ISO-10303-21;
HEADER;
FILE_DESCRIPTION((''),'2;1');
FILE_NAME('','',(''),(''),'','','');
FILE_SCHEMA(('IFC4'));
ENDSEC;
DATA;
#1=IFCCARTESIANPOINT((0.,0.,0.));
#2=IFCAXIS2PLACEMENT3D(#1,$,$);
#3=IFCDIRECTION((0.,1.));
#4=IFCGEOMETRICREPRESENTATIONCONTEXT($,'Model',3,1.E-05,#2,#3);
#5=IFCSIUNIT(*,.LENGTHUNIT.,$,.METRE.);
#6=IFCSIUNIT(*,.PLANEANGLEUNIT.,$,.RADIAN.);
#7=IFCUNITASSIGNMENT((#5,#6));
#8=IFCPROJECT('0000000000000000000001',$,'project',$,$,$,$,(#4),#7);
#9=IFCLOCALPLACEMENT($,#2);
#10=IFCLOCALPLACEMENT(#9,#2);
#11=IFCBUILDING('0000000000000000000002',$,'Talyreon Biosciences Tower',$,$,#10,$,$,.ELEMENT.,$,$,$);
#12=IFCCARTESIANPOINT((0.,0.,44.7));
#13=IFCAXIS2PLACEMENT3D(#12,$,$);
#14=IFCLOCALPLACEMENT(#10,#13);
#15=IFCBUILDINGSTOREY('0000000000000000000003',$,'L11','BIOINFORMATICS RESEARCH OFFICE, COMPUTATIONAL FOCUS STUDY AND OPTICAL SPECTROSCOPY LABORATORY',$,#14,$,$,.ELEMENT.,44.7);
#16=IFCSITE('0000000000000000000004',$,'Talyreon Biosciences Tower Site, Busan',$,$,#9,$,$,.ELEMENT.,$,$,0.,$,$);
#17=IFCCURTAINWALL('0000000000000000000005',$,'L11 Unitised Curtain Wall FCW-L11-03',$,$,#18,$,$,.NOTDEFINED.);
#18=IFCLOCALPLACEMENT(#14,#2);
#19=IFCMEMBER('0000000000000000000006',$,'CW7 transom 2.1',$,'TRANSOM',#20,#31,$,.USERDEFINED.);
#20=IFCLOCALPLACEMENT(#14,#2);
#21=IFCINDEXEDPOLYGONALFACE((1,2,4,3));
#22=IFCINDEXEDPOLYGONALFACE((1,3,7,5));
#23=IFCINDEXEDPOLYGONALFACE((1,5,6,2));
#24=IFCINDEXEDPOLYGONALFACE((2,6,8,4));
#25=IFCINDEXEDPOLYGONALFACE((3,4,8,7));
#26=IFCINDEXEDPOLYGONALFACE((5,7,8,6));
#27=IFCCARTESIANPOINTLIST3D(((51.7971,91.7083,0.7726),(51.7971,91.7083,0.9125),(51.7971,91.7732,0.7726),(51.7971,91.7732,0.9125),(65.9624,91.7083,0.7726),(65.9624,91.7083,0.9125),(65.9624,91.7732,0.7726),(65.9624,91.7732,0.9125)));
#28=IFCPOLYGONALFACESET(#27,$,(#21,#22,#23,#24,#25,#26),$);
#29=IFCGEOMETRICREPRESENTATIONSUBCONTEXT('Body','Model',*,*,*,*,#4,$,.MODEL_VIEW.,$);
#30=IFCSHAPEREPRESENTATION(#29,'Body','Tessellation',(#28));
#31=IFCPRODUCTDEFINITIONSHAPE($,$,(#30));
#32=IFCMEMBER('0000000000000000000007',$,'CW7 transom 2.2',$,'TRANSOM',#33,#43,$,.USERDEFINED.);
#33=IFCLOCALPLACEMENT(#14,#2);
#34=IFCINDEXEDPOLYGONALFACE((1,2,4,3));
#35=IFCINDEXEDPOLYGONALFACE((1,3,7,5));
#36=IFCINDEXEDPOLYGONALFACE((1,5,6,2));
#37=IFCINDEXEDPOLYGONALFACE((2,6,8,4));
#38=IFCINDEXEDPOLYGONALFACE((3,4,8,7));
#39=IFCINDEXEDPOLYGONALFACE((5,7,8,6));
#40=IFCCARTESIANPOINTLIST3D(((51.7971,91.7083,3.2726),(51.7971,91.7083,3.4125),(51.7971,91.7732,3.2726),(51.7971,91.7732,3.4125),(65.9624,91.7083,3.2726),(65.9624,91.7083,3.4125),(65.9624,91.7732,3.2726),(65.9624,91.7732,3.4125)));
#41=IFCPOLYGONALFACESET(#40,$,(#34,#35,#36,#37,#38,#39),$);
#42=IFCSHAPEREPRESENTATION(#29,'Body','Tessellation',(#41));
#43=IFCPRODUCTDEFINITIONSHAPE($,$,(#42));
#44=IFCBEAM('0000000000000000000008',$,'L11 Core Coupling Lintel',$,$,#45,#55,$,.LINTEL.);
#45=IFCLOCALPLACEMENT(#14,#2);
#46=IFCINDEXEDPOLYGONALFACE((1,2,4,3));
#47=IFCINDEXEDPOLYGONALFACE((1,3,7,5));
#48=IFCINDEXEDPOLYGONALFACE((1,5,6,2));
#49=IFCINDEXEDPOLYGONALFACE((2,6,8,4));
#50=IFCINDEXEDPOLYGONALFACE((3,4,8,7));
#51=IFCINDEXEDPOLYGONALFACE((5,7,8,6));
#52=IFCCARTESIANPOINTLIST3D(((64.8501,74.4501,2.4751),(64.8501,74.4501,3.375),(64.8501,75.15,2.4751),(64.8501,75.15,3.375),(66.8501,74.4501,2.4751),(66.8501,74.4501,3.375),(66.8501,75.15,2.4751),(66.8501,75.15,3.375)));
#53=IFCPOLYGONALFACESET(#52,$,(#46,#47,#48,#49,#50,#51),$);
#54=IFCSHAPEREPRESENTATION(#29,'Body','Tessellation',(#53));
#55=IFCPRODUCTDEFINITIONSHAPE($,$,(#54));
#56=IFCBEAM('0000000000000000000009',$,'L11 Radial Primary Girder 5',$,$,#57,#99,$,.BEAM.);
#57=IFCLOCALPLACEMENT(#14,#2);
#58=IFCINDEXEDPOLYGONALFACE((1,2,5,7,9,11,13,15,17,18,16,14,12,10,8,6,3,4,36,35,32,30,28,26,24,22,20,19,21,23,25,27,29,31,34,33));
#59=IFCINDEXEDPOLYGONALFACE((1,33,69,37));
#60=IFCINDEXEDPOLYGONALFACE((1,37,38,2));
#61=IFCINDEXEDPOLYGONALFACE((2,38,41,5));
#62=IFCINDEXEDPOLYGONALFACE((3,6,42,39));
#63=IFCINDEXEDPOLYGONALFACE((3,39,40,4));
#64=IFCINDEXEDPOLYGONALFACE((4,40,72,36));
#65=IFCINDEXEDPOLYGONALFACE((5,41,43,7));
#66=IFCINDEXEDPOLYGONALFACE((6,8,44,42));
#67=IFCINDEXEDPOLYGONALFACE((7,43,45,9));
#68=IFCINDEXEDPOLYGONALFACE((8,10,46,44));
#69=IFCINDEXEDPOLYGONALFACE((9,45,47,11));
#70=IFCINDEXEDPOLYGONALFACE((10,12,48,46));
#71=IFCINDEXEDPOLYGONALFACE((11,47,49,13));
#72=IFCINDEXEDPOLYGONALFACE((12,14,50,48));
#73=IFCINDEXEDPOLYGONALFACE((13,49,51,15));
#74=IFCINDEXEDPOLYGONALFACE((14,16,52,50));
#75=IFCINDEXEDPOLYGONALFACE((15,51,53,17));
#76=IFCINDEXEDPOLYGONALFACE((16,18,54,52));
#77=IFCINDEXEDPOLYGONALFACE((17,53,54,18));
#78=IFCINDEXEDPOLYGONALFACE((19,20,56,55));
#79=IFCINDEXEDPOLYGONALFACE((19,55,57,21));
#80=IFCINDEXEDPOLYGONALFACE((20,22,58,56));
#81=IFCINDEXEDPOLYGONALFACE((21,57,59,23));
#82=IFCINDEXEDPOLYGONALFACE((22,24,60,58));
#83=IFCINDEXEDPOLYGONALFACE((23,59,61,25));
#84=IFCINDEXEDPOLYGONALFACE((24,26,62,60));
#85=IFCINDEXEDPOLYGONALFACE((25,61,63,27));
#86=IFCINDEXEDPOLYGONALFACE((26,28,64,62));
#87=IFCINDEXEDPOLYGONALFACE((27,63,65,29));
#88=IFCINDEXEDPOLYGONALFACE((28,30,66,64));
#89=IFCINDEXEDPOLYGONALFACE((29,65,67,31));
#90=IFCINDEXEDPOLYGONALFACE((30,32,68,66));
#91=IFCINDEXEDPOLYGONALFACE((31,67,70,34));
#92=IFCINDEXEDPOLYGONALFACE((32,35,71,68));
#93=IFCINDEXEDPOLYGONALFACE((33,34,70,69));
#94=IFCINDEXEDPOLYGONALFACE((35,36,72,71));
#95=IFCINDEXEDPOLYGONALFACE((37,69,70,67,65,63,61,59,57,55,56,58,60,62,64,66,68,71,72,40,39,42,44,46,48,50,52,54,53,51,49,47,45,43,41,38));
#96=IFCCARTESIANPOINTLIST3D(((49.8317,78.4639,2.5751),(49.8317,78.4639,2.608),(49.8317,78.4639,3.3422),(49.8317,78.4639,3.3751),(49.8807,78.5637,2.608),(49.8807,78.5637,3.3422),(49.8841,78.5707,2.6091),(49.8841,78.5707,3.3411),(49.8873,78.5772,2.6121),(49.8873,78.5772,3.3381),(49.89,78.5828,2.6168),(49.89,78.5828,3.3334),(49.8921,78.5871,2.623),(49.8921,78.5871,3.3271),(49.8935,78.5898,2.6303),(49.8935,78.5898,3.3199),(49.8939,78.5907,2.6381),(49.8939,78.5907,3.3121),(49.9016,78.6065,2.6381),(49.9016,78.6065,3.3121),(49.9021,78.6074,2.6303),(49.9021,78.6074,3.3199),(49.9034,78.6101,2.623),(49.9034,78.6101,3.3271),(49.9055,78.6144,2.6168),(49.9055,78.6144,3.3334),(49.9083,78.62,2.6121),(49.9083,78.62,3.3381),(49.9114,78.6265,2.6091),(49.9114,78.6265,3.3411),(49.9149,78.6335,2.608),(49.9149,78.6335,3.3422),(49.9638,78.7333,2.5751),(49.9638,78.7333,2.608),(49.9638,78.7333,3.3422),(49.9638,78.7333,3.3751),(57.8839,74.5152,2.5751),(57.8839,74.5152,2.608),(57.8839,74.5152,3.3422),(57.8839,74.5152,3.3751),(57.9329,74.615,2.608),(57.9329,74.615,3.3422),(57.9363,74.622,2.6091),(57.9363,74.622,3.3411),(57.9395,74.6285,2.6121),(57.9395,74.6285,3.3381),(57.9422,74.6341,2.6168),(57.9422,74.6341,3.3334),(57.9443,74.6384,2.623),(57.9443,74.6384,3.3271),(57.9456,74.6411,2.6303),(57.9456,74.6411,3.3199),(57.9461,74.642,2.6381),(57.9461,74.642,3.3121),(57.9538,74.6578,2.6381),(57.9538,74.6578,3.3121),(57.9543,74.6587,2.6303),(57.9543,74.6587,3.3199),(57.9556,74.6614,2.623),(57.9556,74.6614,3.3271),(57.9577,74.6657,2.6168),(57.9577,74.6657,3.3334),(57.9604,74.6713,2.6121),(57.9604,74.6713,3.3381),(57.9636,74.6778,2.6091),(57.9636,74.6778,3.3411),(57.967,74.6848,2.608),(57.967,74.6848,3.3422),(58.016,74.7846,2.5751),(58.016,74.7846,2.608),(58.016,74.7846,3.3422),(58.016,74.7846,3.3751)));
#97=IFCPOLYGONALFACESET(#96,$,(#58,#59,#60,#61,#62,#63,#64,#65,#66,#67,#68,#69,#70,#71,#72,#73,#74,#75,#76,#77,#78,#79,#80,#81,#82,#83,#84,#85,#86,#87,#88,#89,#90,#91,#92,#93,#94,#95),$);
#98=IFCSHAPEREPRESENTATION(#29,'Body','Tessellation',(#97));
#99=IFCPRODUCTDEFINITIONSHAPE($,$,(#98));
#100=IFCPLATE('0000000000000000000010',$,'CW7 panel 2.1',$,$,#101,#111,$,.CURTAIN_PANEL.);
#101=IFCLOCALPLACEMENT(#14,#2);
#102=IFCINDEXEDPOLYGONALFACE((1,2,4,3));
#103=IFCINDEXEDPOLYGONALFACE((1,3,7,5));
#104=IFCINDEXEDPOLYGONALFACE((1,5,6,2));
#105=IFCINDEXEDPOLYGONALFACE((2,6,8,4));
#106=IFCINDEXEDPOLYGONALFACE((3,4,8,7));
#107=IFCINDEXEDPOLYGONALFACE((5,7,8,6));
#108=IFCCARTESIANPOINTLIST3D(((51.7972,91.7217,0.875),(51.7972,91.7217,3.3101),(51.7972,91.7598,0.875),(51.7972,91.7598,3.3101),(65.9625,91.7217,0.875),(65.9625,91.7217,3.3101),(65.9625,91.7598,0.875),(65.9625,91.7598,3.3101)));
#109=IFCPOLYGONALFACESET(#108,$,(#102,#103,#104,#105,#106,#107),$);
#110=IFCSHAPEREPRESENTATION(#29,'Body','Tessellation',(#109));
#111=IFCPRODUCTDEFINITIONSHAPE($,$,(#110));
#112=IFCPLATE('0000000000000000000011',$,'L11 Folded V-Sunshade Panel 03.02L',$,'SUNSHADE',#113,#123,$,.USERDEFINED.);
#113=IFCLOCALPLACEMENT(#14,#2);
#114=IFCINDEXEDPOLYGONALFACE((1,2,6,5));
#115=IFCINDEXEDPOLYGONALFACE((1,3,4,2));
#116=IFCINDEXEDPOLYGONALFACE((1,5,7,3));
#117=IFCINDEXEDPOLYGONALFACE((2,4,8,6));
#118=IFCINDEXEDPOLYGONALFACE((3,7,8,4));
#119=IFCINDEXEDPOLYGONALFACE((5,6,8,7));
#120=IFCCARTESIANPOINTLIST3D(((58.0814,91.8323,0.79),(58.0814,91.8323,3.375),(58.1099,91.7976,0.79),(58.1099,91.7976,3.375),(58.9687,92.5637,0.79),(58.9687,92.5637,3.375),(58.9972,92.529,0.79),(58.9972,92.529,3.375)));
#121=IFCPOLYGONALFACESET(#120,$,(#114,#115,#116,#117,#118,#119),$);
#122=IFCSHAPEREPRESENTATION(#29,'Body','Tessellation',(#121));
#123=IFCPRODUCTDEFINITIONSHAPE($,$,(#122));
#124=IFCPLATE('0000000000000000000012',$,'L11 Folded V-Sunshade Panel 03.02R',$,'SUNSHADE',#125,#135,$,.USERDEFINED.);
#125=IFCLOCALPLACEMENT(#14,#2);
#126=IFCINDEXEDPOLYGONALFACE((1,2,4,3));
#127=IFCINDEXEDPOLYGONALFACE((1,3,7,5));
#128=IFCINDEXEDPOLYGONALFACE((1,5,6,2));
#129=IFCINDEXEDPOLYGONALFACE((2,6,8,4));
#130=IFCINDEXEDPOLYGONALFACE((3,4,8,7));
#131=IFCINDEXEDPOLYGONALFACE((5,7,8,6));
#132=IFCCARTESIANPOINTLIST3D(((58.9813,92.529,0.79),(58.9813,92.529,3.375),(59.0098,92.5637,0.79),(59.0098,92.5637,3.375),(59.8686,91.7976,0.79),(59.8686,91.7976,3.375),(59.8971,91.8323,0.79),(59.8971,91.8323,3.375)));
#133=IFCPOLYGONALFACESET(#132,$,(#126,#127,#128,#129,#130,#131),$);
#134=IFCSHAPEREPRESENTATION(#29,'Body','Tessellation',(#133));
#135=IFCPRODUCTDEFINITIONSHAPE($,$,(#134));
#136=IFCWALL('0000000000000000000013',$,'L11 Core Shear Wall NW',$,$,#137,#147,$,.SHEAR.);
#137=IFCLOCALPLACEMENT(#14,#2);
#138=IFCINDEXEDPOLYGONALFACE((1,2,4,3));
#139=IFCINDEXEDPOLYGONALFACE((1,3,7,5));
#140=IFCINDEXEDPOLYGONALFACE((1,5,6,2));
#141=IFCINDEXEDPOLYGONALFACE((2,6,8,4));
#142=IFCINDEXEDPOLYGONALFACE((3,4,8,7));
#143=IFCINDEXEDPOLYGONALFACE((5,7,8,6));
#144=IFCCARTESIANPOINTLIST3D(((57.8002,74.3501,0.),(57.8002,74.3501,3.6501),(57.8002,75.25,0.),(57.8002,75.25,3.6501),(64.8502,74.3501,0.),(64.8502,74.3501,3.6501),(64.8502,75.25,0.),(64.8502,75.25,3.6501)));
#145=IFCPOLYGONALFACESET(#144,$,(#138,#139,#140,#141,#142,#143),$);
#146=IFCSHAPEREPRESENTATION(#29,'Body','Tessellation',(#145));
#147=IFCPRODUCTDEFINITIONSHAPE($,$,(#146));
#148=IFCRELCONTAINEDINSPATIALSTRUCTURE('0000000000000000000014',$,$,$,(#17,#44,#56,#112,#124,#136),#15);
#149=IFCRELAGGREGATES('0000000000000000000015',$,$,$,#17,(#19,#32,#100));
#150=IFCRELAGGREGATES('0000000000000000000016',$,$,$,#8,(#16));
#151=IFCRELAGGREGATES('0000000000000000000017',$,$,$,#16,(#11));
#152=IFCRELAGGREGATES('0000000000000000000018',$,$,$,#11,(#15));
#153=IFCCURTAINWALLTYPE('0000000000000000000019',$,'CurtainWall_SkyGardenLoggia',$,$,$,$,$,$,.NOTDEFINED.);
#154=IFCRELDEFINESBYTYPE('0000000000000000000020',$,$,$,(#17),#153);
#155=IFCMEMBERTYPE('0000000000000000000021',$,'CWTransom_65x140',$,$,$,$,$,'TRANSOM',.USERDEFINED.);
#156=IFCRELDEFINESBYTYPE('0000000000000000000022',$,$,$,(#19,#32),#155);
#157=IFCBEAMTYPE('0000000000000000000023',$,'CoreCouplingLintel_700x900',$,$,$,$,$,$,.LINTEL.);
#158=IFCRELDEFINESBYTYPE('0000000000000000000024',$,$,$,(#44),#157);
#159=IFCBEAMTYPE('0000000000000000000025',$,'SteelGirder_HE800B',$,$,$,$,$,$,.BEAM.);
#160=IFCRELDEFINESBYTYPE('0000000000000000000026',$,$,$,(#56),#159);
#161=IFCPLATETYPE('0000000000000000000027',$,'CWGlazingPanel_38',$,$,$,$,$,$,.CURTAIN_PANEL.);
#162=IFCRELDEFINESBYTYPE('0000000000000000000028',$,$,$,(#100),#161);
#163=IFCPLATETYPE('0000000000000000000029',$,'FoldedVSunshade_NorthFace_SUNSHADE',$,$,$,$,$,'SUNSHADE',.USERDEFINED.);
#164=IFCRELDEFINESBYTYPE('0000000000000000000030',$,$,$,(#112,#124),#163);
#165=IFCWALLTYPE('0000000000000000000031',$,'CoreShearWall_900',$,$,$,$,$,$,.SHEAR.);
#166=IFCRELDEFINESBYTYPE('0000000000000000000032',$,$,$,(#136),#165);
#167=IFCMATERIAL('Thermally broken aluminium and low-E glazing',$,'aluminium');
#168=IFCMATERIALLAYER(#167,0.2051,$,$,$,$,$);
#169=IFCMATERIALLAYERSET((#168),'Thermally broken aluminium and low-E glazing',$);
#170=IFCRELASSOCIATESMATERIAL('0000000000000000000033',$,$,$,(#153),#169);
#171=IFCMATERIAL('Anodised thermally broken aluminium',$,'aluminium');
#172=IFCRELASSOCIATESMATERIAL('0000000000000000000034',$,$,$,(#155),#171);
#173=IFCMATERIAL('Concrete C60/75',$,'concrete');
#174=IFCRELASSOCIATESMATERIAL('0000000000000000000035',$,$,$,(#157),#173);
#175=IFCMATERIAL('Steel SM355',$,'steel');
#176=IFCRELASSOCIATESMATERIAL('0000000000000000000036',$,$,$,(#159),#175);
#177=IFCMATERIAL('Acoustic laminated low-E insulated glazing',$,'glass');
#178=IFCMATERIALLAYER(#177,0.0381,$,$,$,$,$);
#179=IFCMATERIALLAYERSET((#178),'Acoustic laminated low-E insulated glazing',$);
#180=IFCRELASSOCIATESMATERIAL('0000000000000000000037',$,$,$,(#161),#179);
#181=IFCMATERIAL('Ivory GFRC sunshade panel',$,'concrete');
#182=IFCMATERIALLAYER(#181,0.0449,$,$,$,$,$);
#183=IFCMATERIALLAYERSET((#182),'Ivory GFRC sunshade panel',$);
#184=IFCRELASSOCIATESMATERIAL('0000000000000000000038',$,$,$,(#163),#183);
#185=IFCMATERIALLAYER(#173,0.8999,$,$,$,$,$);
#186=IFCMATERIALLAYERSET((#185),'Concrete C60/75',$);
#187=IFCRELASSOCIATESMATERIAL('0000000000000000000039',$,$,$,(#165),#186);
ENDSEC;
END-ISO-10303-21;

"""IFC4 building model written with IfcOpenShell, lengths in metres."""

from ifc_helpers import new_model, si_unit, direction, frame, frame_2d, origin, origin_2d, place, context, subcontext, project, spatial, rectangle, i_section, extrude, material, layer, layer_set, material_profile, profile_set, type_object, element, aggregate, save


model = new_model("IFC4")

# Units and contexts
model_context = context("Model", 3, precision=1e-05, world=origin(), true_north=direction((0.0, 1.0)))
body_context = subcontext(model_context, "Body", "Model", "MODEL_VIEW")
ifc_project = project(units=[si_unit("LENGTHUNIT", "METRE"), si_unit("PLANEANGLEUNIT", "RADIAN")], contexts=[model_context])

# Site, building, storey
site_placement = place(None, origin())
site = spatial("IfcSite", under=ifc_project, at=site_placement, Name="Talyreon Biosciences Tower Site, Busan", CompositionType="ELEMENT", RefElevation=0.0)
building_placement = place(site_placement, origin())
building = spatial("IfcBuilding", under=site, at=building_placement, Name="Talyreon Biosciences Tower", CompositionType="ELEMENT")
storey_placement = place(building_placement, frame((0.0, 0.0, 44.7)))
storey = spatial("IfcBuildingStorey", under=building, at=storey_placement, Name="L11", Description="BIOINFORMATICS RESEARCH OFFICE, COMPUTATIONAL FOCUS STUDY AND OPTICAL SPECTROSCOPY LABORATORY", CompositionType="ELEMENT", Elevation=44.7)

# Curtain wall, members
ifc_material_1 = material(Name="Thermally broken aluminium and low-E glazing", Category="aluminium")
ifc_layer_1 = layer(ifc_material_1, 0.2051)
ifc_layer_set_1 = layer_set([ifc_layer_1], Name="Thermally broken aluminium and low-E glazing")
curtain_wall_type = type_object("IfcCurtainWallType", Name="CurtainWall_SkyGardenLoggia", PredefinedType="NOTDEFINED", material=ifc_layer_set_1)
curtain_wall_placement = place(storey_placement, origin())
curtain_wall = element("IfcCurtainWall", 1, at=curtain_wall_placement, inside=storey, type_object=curtain_wall_type, Name="L11 Unitised Curtain Wall FCW-L11-03", PredefinedType="NOTDEFINED")
ifc_material_2 = material(Name="Anodised thermally broken aluminium", Category="aluminium")
ifc_material_profile_1 = material_profile(ifc_material_2, rectangle(XDim=0.0649, YDim=0.1399, at=origin_2d()), Name="ALUM TRANSOM 65x140")
ifc_profile_set_1 = profile_set([ifc_material_profile_1], Name="Anodised thermally broken aluminium")
member_type = type_object("IfcMemberType", Name="CWTransom_65x140", ElementType="TRANSOM", PredefinedType="USERDEFINED", material=ifc_profile_set_1)
member_1_placement = place(storey_placement, frame((51.7971, 91.7407, 0.8425), z_axis=(1.0, 0.0, 0.0), x_axis=(0.0, 1.0, 0.0)))
member_1 = element("IfcMember", 2, at=member_1_placement, type_object=member_type, Name="CW7 transom 2.1", ObjectType="TRANSOM", PredefinedType="USERDEFINED", context=body_context, shape_type="SweptSolid", body=[
    extrude(rectangle(XDim=0.0649, YDim=0.1399, at=origin_2d()), origin(), (0.0, 0.0, 1.0), 14.1653),
])
member_2_placement = place(storey_placement, frame((51.7971, 91.7407, 3.3425), z_axis=(1.0, 0.0, 0.0), x_axis=(0.0, 1.0, 0.0)))
member_2 = element("IfcMember", 3, at=member_2_placement, type_object=member_type, Name="CW7 transom 2.2", ObjectType="TRANSOM", PredefinedType="USERDEFINED", context=body_context, shape_type="SweptSolid", body=[
    extrude(rectangle(XDim=0.0649, YDim=0.1399, at=origin_2d()), origin(), (0.0, 0.0, 1.0), 14.1653),
])

# Beams
ifc_material_3 = material(Name="Concrete C60/75", Category="concrete")
ifc_material_profile_2 = material_profile(ifc_material_3, rectangle(XDim=0.7, YDim=0.8999, at=origin_2d()), Name="RCB 700x900")
ifc_profile_set_2 = profile_set([ifc_material_profile_2], Name="Concrete C60/75")
beam_type_1 = type_object("IfcBeamType", Name="CoreCouplingLintel_700x900", PredefinedType="LINTEL", material=ifc_profile_set_2)
beam_1_placement = place(storey_placement, frame((64.8501, 74.8, 2.925), z_axis=(1.0, 0.0, 0.0), x_axis=(0.0, 1.0, 0.0)))
element("IfcBeam", 4, at=beam_1_placement, inside=storey, type_object=beam_type_1, Name="L11 Core Coupling Lintel", PredefinedType="LINTEL", context=body_context, shape_type="SweptSolid", body=[
    extrude(rectangle(XDim=0.7, YDim=0.8999, at=origin_2d()), origin(), (0.0, 0.0, 1.0), 2.0),
])
ifc_material_4 = material(Name="Steel SM355", Category="steel")
ifc_material_profile_3 = material_profile(ifc_material_4, i_section(OverallWidth=0.3, OverallDepth=0.8, WebThickness=0.0176, FlangeThickness=0.033, FilletRadius=0.03, at=origin_2d()), Name="HE800B")
ifc_profile_set_3 = profile_set([ifc_material_profile_3], Name="Steel SM355")
beam_type_2 = type_object("IfcBeamType", Name="SteelGirder_HE800B", PredefinedType="BEAM", material=ifc_profile_set_3)
beam_2_placement = place(storey_placement, frame((57.95, 74.6499, 2.9751), z_axis=(-0.897852, 0.440297, 0.0), x_axis=(-0.440297, -0.897852, 0.0)))
element("IfcBeam", 5, at=beam_2_placement, inside=storey, type_object=beam_type_2, Name="L11 Radial Primary Girder 5", PredefinedType="BEAM", context=body_context, shape_type="SweptSolid", body=[
    extrude(i_section(OverallWidth=0.3, OverallDepth=0.8, WebThickness=0.0176, FlangeThickness=0.033, FilletRadius=0.03, at=origin_2d()), origin(), (0.0, 0.0, 1.0), 8.9683),
])

# Plate
ifc_material_5 = material(Name="Acoustic laminated low-E insulated glazing", Category="glass")
ifc_layer_2 = layer(ifc_material_5, 0.0381)
ifc_layer_set_2 = layer_set([ifc_layer_2], Name="Acoustic laminated low-E insulated glazing")
plate_type_1 = type_object("IfcPlateType", Name="CWGlazingPanel_38", PredefinedType="CURTAIN_PANEL", material=ifc_layer_set_2)
plate_placement = place(storey_placement, frame((58.8799, 91.7407, 0.875), z_axis=(0.0, 0.0, 1.0), x_axis=(1.0, 0.0, 0.0)))
plate = element("IfcPlate", 6, at=plate_placement, type_object=plate_type_1, Name="CW7 panel 2.1", PredefinedType="CURTAIN_PANEL", context=body_context, shape_type="SweptSolid", body=[
    extrude(rectangle(XDim=14.1653, YDim=0.0381, at=origin_2d()), origin(), (0.0, 0.0, 1.0), 2.4351),
])
aggregate(curtain_wall, [member_1, member_2, plate])

# Plates
ifc_material_6 = material(Name="Ivory GFRC sunshade panel", Category="concrete")
ifc_layer_3 = layer(ifc_material_6, 0.0449)
ifc_layer_set_3 = layer_set([ifc_layer_3], Name="Ivory GFRC sunshade panel")
plate_type_2 = type_object("IfcPlateType", Name="FoldedVSunshade_NorthFace_SUNSHADE", ElementType="SUNSHADE", PredefinedType="USERDEFINED", material=ifc_layer_set_3)
for number, where, z_axis, x_axis, name in (
    (7, (58.5393, 92.1807, 0.79), (0.0, 0.0, 1.0), (0.771625, 0.636078, 0.0), "L11 Folded V-Sunshade Panel 03.02L"),
    (8, (59.4392, 92.1807, 0.79), (0.0, 0.0, 1.0), (0.771625, -0.636078, 0.0), "L11 Folded V-Sunshade Panel 03.02R"),
):
    element("IfcPlate", number, at=place(storey_placement, frame(where, z_axis=z_axis, x_axis=x_axis)), inside=storey, type_object=plate_type_2, Name=name, ObjectType="SUNSHADE", PredefinedType="USERDEFINED", context=body_context, shape_type="SweptSolid", body=[
        extrude(rectangle(XDim=1.1499, YDim=0.0449, at=origin_2d()), origin(), (0.0, 0.0, 1.0), 2.585),
    ])

# Wall
ifc_layer_4 = layer(ifc_material_3, 0.8999)
ifc_layer_set_4 = layer_set([ifc_layer_4], Name="Concrete C60/75")
wall_type_1 = type_object("IfcWallType", Name="CoreShearWall_900", PredefinedType="SHEAR", material=ifc_layer_set_4)
wall_1_placement = place(storey_placement, frame((64.8501, 74.8, 0.0), z_axis=(0.0, 0.0, 1.0), x_axis=(-1.0, 0.0, 0.0)))
element("IfcWall", 9, at=wall_1_placement, inside=storey, type_object=wall_type_1, Name="L11 Core Shear Wall NW", PredefinedType="SHEAR", context=body_context, shape_type="SweptSolid", body=[
    extrude(rectangle(XDim=7.05, YDim=0.8999, at=frame_2d((3.5249, 0.0))), origin(), (0.0, 0.0, 1.0), 3.6501),
])

save(model, "model.ifc")
